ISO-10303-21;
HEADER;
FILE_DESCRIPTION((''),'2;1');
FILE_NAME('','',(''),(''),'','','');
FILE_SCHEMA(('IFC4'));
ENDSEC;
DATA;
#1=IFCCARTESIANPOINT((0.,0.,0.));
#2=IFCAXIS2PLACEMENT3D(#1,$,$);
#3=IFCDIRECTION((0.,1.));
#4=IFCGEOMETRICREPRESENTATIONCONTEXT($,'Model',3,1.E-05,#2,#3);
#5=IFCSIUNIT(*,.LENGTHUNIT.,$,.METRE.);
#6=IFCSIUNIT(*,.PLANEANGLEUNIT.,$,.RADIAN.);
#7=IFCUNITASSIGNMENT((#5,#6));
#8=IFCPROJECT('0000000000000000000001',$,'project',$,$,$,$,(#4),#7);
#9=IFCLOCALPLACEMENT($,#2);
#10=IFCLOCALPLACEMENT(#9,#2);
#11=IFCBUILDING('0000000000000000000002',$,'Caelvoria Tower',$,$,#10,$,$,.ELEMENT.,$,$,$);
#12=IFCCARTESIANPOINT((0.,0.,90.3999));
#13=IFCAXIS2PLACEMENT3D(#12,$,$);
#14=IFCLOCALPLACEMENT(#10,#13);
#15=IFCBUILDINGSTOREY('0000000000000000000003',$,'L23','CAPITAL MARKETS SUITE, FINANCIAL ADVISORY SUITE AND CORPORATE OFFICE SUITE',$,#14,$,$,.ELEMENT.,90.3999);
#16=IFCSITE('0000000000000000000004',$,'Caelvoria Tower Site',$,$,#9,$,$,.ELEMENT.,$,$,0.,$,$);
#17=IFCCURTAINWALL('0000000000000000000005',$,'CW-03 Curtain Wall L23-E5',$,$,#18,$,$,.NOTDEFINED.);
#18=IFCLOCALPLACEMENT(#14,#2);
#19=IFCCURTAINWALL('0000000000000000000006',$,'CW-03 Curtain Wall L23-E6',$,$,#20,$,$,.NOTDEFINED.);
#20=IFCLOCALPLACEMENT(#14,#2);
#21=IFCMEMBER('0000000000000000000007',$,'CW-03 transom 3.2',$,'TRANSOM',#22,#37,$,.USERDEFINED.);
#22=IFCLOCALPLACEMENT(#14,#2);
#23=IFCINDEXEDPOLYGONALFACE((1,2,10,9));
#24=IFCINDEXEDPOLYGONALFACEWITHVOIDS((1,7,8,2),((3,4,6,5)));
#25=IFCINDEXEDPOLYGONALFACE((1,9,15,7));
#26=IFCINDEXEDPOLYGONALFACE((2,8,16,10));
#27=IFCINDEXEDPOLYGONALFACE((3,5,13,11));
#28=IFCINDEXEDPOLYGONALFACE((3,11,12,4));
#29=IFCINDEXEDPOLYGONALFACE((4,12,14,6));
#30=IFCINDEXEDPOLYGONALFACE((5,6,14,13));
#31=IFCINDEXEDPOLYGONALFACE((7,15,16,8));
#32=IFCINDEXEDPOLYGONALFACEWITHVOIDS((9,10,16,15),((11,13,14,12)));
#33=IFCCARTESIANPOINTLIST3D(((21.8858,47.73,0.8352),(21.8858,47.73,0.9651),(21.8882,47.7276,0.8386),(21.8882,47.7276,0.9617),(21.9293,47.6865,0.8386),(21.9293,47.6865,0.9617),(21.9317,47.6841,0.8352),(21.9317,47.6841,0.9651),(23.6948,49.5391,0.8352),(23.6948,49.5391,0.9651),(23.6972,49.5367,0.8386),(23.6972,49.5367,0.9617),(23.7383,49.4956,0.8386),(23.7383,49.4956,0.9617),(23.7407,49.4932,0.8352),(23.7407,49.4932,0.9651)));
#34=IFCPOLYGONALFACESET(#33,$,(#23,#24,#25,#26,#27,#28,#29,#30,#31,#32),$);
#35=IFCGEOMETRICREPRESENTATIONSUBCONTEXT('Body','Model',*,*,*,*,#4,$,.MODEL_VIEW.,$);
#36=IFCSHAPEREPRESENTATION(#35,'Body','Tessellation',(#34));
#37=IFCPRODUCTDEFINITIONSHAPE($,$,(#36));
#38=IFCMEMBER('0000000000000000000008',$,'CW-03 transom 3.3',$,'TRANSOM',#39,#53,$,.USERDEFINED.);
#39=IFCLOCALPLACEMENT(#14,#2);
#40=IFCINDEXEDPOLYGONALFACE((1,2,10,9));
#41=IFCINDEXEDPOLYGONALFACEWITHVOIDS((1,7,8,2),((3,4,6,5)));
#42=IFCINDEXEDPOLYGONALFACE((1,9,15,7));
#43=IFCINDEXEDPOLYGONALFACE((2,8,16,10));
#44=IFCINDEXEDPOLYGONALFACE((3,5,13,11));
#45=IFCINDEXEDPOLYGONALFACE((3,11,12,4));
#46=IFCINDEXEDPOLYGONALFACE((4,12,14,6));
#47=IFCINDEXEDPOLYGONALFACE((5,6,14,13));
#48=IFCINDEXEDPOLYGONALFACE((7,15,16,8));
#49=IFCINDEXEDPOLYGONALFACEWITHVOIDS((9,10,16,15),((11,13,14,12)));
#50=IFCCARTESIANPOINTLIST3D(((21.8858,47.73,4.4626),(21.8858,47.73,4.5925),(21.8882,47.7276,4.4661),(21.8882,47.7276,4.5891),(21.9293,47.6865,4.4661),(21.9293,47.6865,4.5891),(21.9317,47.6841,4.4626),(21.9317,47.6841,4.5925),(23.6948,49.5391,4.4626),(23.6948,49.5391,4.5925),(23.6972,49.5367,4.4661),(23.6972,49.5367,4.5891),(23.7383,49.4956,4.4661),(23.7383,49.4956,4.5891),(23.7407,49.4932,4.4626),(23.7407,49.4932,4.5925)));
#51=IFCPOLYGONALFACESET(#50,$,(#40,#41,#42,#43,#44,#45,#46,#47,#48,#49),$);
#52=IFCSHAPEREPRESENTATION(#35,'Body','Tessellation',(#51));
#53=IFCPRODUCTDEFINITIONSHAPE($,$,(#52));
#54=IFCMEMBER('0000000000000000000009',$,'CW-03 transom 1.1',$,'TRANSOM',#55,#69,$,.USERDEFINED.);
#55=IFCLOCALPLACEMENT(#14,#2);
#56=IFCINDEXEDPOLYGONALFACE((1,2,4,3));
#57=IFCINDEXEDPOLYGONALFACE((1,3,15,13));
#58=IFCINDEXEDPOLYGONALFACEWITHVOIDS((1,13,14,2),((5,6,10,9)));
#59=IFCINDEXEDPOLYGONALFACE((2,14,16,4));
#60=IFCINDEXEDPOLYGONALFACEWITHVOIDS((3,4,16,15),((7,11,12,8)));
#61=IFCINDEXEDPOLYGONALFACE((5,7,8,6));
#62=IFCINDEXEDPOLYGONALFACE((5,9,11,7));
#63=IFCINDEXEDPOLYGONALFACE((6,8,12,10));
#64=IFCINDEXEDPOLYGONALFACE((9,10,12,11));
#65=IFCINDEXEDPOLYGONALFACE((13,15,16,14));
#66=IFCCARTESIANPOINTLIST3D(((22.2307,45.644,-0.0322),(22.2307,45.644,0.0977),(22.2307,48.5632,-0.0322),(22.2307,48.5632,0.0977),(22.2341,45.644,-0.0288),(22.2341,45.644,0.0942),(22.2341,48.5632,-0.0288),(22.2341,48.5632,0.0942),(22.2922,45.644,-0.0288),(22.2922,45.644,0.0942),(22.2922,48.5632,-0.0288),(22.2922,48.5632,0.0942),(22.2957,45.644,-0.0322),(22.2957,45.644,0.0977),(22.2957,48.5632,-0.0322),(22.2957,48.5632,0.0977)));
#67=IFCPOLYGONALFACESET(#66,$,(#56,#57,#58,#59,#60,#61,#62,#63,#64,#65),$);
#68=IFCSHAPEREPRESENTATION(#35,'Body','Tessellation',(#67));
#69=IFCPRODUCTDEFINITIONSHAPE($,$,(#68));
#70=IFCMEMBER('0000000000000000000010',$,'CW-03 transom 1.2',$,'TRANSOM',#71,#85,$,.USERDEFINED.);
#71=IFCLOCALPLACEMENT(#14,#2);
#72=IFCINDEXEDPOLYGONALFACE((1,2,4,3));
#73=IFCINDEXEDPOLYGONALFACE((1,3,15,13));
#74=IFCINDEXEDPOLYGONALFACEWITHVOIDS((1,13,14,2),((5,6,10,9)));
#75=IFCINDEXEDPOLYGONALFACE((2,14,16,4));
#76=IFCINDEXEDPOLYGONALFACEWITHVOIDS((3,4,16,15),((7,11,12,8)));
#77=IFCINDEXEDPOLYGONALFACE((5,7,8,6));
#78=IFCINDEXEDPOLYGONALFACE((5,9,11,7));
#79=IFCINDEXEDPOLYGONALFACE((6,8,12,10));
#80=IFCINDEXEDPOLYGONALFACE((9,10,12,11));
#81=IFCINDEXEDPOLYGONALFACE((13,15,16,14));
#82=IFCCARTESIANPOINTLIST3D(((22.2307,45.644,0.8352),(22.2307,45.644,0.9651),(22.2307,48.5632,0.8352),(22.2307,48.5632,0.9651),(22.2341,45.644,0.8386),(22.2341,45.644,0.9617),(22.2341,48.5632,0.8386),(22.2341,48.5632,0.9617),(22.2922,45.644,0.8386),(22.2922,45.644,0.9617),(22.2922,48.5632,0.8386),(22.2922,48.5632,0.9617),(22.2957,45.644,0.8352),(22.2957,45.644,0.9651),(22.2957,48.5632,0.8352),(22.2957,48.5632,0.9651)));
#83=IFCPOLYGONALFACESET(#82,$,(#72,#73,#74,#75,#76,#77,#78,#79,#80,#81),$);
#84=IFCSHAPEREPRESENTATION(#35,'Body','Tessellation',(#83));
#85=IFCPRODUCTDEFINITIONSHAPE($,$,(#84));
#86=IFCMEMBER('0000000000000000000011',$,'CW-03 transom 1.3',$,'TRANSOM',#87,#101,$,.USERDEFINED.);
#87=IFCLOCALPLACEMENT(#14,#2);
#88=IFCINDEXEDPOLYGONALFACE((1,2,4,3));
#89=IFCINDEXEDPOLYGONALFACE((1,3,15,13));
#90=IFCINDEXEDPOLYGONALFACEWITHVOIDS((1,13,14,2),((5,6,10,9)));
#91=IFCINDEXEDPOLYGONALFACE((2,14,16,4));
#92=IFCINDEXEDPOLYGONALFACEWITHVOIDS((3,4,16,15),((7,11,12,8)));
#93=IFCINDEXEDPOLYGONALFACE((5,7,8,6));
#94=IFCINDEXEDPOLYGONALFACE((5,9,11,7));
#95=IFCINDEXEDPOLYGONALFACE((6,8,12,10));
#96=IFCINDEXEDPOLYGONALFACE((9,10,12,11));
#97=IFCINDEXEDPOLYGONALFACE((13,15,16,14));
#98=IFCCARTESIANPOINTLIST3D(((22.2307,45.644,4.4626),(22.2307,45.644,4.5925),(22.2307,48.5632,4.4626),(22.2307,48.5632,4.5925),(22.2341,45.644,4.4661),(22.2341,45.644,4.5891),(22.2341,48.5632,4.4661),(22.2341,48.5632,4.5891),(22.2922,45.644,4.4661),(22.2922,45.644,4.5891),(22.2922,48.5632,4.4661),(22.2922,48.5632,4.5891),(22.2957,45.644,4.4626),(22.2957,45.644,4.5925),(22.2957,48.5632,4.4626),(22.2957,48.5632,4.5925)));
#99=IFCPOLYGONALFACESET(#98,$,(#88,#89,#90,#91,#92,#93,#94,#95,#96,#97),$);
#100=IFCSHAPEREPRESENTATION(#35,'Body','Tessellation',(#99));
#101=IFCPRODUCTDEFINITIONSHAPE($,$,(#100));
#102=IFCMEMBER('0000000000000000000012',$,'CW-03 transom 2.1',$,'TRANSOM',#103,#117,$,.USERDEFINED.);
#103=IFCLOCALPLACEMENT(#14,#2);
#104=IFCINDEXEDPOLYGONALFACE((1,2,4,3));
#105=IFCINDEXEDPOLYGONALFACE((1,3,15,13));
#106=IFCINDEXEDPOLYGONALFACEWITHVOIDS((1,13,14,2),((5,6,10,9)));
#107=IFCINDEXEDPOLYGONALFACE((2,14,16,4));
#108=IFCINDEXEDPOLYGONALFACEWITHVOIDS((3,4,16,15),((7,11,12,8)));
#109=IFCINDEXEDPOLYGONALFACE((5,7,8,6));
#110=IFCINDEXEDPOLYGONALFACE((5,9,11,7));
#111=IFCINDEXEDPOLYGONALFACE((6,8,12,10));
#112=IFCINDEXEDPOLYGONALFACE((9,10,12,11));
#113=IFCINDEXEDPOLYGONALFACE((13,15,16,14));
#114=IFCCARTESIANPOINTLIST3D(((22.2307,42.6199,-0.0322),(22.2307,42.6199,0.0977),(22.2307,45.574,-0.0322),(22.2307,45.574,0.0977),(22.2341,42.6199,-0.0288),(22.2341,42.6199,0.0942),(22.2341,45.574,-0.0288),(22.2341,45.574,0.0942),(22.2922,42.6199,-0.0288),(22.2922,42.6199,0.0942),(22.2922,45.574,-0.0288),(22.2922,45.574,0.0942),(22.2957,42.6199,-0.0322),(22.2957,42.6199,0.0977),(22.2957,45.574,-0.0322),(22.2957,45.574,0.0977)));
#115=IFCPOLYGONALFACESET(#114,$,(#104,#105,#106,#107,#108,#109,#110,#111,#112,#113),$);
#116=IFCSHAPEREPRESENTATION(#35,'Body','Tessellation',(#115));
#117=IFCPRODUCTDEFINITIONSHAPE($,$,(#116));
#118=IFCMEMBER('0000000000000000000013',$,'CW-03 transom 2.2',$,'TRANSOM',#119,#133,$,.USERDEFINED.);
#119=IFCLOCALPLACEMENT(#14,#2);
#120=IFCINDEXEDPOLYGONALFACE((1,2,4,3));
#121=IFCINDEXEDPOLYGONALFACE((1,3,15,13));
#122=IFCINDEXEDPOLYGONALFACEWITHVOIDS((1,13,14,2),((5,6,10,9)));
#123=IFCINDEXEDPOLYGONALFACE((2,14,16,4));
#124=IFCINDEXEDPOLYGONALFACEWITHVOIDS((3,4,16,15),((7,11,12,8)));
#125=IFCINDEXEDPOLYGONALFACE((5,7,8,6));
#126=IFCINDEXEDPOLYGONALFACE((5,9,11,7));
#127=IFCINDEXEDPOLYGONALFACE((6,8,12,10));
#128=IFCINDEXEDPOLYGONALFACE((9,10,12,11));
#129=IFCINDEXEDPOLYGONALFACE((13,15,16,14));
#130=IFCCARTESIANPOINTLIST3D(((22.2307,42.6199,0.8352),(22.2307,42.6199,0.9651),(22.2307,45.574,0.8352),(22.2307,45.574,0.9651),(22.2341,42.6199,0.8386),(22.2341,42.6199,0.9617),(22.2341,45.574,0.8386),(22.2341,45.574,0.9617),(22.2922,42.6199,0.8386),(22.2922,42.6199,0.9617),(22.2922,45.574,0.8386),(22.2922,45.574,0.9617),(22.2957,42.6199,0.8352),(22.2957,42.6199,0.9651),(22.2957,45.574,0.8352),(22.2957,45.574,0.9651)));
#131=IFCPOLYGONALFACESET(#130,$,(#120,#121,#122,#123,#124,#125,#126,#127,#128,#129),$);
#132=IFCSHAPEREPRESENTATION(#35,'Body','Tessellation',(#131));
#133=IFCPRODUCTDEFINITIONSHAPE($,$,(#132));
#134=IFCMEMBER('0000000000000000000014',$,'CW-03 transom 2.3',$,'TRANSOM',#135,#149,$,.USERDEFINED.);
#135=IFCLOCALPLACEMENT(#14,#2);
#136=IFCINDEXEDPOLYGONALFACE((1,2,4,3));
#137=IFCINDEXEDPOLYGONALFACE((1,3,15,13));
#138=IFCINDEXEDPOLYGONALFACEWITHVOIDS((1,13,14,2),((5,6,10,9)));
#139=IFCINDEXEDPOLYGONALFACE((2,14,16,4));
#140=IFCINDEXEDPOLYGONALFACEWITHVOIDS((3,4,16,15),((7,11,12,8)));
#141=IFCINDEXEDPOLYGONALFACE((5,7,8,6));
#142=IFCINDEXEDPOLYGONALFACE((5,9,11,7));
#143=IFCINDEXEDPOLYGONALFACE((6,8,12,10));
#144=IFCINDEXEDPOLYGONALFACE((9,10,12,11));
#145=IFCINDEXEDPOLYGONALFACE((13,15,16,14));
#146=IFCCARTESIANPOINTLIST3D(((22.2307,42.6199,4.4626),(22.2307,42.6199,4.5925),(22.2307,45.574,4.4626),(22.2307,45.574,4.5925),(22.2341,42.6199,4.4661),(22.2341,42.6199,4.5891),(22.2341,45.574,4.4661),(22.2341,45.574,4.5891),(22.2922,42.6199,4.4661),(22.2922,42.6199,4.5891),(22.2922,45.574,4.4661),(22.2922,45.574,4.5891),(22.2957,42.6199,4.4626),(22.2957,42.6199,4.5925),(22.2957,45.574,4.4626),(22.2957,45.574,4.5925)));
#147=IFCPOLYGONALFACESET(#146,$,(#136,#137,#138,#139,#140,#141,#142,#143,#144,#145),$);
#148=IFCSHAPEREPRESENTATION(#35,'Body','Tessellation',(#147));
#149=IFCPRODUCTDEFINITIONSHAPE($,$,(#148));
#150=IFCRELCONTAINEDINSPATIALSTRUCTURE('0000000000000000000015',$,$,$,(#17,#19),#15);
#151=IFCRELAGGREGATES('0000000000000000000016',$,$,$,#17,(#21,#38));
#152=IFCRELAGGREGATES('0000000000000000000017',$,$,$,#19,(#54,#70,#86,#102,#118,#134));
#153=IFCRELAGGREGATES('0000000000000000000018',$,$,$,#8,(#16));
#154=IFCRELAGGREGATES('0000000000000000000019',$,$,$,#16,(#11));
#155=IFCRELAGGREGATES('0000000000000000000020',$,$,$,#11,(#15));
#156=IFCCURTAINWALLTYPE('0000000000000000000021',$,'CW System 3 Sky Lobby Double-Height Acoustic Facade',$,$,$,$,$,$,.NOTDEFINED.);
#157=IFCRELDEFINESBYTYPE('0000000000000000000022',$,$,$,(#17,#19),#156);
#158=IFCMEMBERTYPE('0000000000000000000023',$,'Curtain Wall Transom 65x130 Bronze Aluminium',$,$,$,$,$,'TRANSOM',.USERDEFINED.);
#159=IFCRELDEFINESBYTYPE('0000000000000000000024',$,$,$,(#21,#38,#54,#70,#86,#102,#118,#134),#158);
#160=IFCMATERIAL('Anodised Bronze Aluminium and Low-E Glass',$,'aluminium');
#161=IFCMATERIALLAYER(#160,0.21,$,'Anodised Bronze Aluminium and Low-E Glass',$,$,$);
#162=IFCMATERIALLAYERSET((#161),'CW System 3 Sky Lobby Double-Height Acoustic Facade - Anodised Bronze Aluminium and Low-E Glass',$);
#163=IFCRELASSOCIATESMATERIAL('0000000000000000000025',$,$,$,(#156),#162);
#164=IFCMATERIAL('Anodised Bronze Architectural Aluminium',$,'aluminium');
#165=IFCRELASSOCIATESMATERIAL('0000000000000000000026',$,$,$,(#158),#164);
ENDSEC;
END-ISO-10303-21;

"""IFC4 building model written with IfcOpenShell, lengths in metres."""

from ifc_helpers import new_model, si_unit, direction, frame, origin, origin_2d, place, context, subcontext, project, spatial, hollow_rectangle, extrude, material, layer, layer_set, material_profile, profile_set, type_object, element, aggregate, save


model = new_model("IFC4")

# Units and contexts
model_context = context("Model", 3, precision=1e-05, world=origin(), true_north=direction((0.0, 1.0)))
body_context = subcontext(model_context, "Body", "Model", "MODEL_VIEW")
ifc_project = project(units=[si_unit("LENGTHUNIT", "METRE"), si_unit("PLANEANGLEUNIT", "RADIAN")], contexts=[model_context])

# Site, building, storey
site_placement = place(None, origin())
site = spatial("IfcSite", under=ifc_project, at=site_placement, Name="Caelvoria Tower Site", CompositionType="ELEMENT", RefElevation=0.0)
building_placement = place(site_placement, origin())
building = spatial("IfcBuilding", under=site, at=building_placement, Name="Caelvoria Tower", CompositionType="ELEMENT")
storey_placement = place(building_placement, frame((0.0, 0.0, 90.3999)))
storey = spatial("IfcBuildingStorey", under=building, at=storey_placement, Name="L23", Description="CAPITAL MARKETS SUITE, FINANCIAL ADVISORY SUITE AND CORPORATE OFFICE SUITE", CompositionType="ELEMENT", Elevation=90.3999)

# Curtain walls
ifc_material_1 = material(Name="Anodised Bronze Aluminium and Low-E Glass", Category="aluminium")
ifc_layer_1 = layer(ifc_material_1, 0.21, Name="Anodised Bronze Aluminium and Low-E Glass")
ifc_layer_set_1 = layer_set([ifc_layer_1], Name="CW System 3 Sky Lobby Double-Height Acoustic Facade - Anodised Bronze Aluminium and Low-E Glass")
curtain_wall_type = type_object("IfcCurtainWallType", Name="CW System 3 Sky Lobby Double-Height Acoustic Facade", PredefinedType="NOTDEFINED", material=ifc_layer_set_1)
curtain_wall_1_placement = place(storey_placement, origin())
curtain_wall_1 = element("IfcCurtainWall", 1, at=curtain_wall_1_placement, inside=storey, type_object=curtain_wall_type, Name="CW-03 Curtain Wall L23-E5", PredefinedType="NOTDEFINED")
ifc_material_2 = material(Name="Anodised Bronze Architectural Aluminium", Category="aluminium")
curtain_wall_2_placement = place(storey_placement, origin())
curtain_wall_2 = element("IfcCurtainWall", 2, at=curtain_wall_2_placement, inside=storey, type_object=curtain_wall_type, Name="CW-03 Curtain Wall L23-E6", PredefinedType="NOTDEFINED")

# Members
ifc_material_profile_1 = material_profile(ifc_material_2, hollow_rectangle(XDim=0.0649, YDim=0.1299, WallThickness=0.0034, at=origin_2d()), Name="Anodised Bronze Architectural Aluminium")
ifc_profile_set_1 = profile_set([ifc_material_profile_1], Name="CW_TRAN_65X130 - Anodised Bronze Architectural Aluminium")
member_type_1 = type_object("IfcMemberType", Name="Curtain Wall Transom 65x130 Bronze Aluminium", ElementType="TRANSOM", PredefinedType="USERDEFINED", material=ifc_profile_set_1)
member_1_placement = place(storey_placement, frame((23.7178, 49.5161, 0.9001), z_axis=(-0.707107, -0.707107, 0.0), x_axis=(0.707107, -0.707107, 0.0)))
member_1 = element("IfcMember", 3, at=member_1_placement, type_object=member_type_1, Name="CW-03 transom 3.2", ObjectType="TRANSOM", PredefinedType="USERDEFINED", context=body_context, shape_type="SweptSolid", body=[
    extrude(hollow_rectangle(XDim=0.0649, YDim=0.1299, WallThickness=0.0034, at=origin_2d()), origin(), (0.0, 0.0, 1.0), 2.5583),
])
member_2_placement = place(storey_placement, frame((23.7178, 49.5161, 4.5276), z_axis=(-0.707107, -0.707107, 0.0), x_axis=(0.707107, -0.707107, 0.0)))
member_2 = element("IfcMember", 4, at=member_2_placement, type_object=member_type_1, Name="CW-03 transom 3.3", ObjectType="TRANSOM", PredefinedType="USERDEFINED", context=body_context, shape_type="SweptSolid", body=[
    extrude(hollow_rectangle(XDim=0.0649, YDim=0.1299, WallThickness=0.0034, at=origin_2d()), origin(), (0.0, 0.0, 1.0), 2.5583),
])
member_3_placement = place(storey_placement, frame((22.2632, 48.5632, 0.0327), z_axis=(0.0, -1.0, 0.0), x_axis=(1.0, 0.0, 0.0)))
member_3 = element("IfcMember", 5, at=member_3_placement, type_object=member_type_1, Name="CW-03 transom 1.1", ObjectType="TRANSOM", PredefinedType="USERDEFINED", context=body_context, shape_type="SweptSolid", body=[
    extrude(hollow_rectangle(XDim=0.0649, YDim=0.1299, WallThickness=0.0034, at=origin_2d()), origin(), (0.0, 0.0, 1.0), 2.9192),
])
member_4_placement = place(storey_placement, frame((22.2632, 48.5632, 0.9001), z_axis=(0.0, -1.0, 0.0), x_axis=(1.0, 0.0, 0.0)))
member_4 = element("IfcMember", 6, at=member_4_placement, type_object=member_type_1, Name="CW-03 transom 1.2", ObjectType="TRANSOM", PredefinedType="USERDEFINED", context=body_context, shape_type="SweptSolid", body=[
    extrude(hollow_rectangle(XDim=0.0649, YDim=0.1299, WallThickness=0.0034, at=origin_2d()), origin(), (0.0, 0.0, 1.0), 2.9192),
])
member_5_placement = place(storey_placement, frame((22.2632, 48.5632, 4.5276), z_axis=(0.0, -1.0, 0.0), x_axis=(1.0, 0.0, 0.0)))
member_5 = element("IfcMember", 7, at=member_5_placement, type_object=member_type_1, Name="CW-03 transom 1.3", ObjectType="TRANSOM", PredefinedType="USERDEFINED", context=body_context, shape_type="SweptSolid", body=[
    extrude(hollow_rectangle(XDim=0.0649, YDim=0.1299, WallThickness=0.0034, at=origin_2d()), origin(), (0.0, 0.0, 1.0), 2.9192),
])
member_6_placement = place(storey_placement, frame((22.2632, 45.574, 0.0327), z_axis=(0.0, -1.0, 0.0), x_axis=(1.0, 0.0, 0.0)))
member_6 = element("IfcMember", 8, at=member_6_placement, type_object=member_type_1, Name="CW-03 transom 2.1", ObjectType="TRANSOM", PredefinedType="USERDEFINED", context=body_context, shape_type="SweptSolid", body=[
    extrude(hollow_rectangle(XDim=0.0649, YDim=0.1299, WallThickness=0.0034, at=origin_2d()), origin(), (0.0, 0.0, 1.0), 2.9541),
])
member_7_placement = place(storey_placement, frame((22.2632, 45.574, 0.9001), z_axis=(0.0, -1.0, 0.0), x_axis=(1.0, 0.0, 0.0)))
member_7 = element("IfcMember", 9, at=member_7_placement, type_object=member_type_1, Name="CW-03 transom 2.2", ObjectType="TRANSOM", PredefinedType="USERDEFINED", context=body_context, shape_type="SweptSolid", body=[
    extrude(hollow_rectangle(XDim=0.0649, YDim=0.1299, WallThickness=0.0034, at=origin_2d()), origin(), (0.0, 0.0, 1.0), 2.9541),
])
member_8_placement = place(storey_placement, frame((22.2632, 45.574, 4.5276), z_axis=(0.0, -1.0, 0.0), x_axis=(1.0, 0.0, 0.0)))
member_8 = element("IfcMember", 10, at=member_8_placement, type_object=member_type_1, Name="CW-03 transom 2.3", ObjectType="TRANSOM", PredefinedType="USERDEFINED", context=body_context, shape_type="SweptSolid", body=[
    extrude(hollow_rectangle(XDim=0.0649, YDim=0.1299, WallThickness=0.0034, at=origin_2d()), origin(), (0.0, 0.0, 1.0), 2.9541),
])

aggregate(curtain_wall_1, [member_1, member_2])
aggregate(curtain_wall_2, [member_3, member_4, member_5, member_6, member_7, member_8])

save(model, "model.ifc")
